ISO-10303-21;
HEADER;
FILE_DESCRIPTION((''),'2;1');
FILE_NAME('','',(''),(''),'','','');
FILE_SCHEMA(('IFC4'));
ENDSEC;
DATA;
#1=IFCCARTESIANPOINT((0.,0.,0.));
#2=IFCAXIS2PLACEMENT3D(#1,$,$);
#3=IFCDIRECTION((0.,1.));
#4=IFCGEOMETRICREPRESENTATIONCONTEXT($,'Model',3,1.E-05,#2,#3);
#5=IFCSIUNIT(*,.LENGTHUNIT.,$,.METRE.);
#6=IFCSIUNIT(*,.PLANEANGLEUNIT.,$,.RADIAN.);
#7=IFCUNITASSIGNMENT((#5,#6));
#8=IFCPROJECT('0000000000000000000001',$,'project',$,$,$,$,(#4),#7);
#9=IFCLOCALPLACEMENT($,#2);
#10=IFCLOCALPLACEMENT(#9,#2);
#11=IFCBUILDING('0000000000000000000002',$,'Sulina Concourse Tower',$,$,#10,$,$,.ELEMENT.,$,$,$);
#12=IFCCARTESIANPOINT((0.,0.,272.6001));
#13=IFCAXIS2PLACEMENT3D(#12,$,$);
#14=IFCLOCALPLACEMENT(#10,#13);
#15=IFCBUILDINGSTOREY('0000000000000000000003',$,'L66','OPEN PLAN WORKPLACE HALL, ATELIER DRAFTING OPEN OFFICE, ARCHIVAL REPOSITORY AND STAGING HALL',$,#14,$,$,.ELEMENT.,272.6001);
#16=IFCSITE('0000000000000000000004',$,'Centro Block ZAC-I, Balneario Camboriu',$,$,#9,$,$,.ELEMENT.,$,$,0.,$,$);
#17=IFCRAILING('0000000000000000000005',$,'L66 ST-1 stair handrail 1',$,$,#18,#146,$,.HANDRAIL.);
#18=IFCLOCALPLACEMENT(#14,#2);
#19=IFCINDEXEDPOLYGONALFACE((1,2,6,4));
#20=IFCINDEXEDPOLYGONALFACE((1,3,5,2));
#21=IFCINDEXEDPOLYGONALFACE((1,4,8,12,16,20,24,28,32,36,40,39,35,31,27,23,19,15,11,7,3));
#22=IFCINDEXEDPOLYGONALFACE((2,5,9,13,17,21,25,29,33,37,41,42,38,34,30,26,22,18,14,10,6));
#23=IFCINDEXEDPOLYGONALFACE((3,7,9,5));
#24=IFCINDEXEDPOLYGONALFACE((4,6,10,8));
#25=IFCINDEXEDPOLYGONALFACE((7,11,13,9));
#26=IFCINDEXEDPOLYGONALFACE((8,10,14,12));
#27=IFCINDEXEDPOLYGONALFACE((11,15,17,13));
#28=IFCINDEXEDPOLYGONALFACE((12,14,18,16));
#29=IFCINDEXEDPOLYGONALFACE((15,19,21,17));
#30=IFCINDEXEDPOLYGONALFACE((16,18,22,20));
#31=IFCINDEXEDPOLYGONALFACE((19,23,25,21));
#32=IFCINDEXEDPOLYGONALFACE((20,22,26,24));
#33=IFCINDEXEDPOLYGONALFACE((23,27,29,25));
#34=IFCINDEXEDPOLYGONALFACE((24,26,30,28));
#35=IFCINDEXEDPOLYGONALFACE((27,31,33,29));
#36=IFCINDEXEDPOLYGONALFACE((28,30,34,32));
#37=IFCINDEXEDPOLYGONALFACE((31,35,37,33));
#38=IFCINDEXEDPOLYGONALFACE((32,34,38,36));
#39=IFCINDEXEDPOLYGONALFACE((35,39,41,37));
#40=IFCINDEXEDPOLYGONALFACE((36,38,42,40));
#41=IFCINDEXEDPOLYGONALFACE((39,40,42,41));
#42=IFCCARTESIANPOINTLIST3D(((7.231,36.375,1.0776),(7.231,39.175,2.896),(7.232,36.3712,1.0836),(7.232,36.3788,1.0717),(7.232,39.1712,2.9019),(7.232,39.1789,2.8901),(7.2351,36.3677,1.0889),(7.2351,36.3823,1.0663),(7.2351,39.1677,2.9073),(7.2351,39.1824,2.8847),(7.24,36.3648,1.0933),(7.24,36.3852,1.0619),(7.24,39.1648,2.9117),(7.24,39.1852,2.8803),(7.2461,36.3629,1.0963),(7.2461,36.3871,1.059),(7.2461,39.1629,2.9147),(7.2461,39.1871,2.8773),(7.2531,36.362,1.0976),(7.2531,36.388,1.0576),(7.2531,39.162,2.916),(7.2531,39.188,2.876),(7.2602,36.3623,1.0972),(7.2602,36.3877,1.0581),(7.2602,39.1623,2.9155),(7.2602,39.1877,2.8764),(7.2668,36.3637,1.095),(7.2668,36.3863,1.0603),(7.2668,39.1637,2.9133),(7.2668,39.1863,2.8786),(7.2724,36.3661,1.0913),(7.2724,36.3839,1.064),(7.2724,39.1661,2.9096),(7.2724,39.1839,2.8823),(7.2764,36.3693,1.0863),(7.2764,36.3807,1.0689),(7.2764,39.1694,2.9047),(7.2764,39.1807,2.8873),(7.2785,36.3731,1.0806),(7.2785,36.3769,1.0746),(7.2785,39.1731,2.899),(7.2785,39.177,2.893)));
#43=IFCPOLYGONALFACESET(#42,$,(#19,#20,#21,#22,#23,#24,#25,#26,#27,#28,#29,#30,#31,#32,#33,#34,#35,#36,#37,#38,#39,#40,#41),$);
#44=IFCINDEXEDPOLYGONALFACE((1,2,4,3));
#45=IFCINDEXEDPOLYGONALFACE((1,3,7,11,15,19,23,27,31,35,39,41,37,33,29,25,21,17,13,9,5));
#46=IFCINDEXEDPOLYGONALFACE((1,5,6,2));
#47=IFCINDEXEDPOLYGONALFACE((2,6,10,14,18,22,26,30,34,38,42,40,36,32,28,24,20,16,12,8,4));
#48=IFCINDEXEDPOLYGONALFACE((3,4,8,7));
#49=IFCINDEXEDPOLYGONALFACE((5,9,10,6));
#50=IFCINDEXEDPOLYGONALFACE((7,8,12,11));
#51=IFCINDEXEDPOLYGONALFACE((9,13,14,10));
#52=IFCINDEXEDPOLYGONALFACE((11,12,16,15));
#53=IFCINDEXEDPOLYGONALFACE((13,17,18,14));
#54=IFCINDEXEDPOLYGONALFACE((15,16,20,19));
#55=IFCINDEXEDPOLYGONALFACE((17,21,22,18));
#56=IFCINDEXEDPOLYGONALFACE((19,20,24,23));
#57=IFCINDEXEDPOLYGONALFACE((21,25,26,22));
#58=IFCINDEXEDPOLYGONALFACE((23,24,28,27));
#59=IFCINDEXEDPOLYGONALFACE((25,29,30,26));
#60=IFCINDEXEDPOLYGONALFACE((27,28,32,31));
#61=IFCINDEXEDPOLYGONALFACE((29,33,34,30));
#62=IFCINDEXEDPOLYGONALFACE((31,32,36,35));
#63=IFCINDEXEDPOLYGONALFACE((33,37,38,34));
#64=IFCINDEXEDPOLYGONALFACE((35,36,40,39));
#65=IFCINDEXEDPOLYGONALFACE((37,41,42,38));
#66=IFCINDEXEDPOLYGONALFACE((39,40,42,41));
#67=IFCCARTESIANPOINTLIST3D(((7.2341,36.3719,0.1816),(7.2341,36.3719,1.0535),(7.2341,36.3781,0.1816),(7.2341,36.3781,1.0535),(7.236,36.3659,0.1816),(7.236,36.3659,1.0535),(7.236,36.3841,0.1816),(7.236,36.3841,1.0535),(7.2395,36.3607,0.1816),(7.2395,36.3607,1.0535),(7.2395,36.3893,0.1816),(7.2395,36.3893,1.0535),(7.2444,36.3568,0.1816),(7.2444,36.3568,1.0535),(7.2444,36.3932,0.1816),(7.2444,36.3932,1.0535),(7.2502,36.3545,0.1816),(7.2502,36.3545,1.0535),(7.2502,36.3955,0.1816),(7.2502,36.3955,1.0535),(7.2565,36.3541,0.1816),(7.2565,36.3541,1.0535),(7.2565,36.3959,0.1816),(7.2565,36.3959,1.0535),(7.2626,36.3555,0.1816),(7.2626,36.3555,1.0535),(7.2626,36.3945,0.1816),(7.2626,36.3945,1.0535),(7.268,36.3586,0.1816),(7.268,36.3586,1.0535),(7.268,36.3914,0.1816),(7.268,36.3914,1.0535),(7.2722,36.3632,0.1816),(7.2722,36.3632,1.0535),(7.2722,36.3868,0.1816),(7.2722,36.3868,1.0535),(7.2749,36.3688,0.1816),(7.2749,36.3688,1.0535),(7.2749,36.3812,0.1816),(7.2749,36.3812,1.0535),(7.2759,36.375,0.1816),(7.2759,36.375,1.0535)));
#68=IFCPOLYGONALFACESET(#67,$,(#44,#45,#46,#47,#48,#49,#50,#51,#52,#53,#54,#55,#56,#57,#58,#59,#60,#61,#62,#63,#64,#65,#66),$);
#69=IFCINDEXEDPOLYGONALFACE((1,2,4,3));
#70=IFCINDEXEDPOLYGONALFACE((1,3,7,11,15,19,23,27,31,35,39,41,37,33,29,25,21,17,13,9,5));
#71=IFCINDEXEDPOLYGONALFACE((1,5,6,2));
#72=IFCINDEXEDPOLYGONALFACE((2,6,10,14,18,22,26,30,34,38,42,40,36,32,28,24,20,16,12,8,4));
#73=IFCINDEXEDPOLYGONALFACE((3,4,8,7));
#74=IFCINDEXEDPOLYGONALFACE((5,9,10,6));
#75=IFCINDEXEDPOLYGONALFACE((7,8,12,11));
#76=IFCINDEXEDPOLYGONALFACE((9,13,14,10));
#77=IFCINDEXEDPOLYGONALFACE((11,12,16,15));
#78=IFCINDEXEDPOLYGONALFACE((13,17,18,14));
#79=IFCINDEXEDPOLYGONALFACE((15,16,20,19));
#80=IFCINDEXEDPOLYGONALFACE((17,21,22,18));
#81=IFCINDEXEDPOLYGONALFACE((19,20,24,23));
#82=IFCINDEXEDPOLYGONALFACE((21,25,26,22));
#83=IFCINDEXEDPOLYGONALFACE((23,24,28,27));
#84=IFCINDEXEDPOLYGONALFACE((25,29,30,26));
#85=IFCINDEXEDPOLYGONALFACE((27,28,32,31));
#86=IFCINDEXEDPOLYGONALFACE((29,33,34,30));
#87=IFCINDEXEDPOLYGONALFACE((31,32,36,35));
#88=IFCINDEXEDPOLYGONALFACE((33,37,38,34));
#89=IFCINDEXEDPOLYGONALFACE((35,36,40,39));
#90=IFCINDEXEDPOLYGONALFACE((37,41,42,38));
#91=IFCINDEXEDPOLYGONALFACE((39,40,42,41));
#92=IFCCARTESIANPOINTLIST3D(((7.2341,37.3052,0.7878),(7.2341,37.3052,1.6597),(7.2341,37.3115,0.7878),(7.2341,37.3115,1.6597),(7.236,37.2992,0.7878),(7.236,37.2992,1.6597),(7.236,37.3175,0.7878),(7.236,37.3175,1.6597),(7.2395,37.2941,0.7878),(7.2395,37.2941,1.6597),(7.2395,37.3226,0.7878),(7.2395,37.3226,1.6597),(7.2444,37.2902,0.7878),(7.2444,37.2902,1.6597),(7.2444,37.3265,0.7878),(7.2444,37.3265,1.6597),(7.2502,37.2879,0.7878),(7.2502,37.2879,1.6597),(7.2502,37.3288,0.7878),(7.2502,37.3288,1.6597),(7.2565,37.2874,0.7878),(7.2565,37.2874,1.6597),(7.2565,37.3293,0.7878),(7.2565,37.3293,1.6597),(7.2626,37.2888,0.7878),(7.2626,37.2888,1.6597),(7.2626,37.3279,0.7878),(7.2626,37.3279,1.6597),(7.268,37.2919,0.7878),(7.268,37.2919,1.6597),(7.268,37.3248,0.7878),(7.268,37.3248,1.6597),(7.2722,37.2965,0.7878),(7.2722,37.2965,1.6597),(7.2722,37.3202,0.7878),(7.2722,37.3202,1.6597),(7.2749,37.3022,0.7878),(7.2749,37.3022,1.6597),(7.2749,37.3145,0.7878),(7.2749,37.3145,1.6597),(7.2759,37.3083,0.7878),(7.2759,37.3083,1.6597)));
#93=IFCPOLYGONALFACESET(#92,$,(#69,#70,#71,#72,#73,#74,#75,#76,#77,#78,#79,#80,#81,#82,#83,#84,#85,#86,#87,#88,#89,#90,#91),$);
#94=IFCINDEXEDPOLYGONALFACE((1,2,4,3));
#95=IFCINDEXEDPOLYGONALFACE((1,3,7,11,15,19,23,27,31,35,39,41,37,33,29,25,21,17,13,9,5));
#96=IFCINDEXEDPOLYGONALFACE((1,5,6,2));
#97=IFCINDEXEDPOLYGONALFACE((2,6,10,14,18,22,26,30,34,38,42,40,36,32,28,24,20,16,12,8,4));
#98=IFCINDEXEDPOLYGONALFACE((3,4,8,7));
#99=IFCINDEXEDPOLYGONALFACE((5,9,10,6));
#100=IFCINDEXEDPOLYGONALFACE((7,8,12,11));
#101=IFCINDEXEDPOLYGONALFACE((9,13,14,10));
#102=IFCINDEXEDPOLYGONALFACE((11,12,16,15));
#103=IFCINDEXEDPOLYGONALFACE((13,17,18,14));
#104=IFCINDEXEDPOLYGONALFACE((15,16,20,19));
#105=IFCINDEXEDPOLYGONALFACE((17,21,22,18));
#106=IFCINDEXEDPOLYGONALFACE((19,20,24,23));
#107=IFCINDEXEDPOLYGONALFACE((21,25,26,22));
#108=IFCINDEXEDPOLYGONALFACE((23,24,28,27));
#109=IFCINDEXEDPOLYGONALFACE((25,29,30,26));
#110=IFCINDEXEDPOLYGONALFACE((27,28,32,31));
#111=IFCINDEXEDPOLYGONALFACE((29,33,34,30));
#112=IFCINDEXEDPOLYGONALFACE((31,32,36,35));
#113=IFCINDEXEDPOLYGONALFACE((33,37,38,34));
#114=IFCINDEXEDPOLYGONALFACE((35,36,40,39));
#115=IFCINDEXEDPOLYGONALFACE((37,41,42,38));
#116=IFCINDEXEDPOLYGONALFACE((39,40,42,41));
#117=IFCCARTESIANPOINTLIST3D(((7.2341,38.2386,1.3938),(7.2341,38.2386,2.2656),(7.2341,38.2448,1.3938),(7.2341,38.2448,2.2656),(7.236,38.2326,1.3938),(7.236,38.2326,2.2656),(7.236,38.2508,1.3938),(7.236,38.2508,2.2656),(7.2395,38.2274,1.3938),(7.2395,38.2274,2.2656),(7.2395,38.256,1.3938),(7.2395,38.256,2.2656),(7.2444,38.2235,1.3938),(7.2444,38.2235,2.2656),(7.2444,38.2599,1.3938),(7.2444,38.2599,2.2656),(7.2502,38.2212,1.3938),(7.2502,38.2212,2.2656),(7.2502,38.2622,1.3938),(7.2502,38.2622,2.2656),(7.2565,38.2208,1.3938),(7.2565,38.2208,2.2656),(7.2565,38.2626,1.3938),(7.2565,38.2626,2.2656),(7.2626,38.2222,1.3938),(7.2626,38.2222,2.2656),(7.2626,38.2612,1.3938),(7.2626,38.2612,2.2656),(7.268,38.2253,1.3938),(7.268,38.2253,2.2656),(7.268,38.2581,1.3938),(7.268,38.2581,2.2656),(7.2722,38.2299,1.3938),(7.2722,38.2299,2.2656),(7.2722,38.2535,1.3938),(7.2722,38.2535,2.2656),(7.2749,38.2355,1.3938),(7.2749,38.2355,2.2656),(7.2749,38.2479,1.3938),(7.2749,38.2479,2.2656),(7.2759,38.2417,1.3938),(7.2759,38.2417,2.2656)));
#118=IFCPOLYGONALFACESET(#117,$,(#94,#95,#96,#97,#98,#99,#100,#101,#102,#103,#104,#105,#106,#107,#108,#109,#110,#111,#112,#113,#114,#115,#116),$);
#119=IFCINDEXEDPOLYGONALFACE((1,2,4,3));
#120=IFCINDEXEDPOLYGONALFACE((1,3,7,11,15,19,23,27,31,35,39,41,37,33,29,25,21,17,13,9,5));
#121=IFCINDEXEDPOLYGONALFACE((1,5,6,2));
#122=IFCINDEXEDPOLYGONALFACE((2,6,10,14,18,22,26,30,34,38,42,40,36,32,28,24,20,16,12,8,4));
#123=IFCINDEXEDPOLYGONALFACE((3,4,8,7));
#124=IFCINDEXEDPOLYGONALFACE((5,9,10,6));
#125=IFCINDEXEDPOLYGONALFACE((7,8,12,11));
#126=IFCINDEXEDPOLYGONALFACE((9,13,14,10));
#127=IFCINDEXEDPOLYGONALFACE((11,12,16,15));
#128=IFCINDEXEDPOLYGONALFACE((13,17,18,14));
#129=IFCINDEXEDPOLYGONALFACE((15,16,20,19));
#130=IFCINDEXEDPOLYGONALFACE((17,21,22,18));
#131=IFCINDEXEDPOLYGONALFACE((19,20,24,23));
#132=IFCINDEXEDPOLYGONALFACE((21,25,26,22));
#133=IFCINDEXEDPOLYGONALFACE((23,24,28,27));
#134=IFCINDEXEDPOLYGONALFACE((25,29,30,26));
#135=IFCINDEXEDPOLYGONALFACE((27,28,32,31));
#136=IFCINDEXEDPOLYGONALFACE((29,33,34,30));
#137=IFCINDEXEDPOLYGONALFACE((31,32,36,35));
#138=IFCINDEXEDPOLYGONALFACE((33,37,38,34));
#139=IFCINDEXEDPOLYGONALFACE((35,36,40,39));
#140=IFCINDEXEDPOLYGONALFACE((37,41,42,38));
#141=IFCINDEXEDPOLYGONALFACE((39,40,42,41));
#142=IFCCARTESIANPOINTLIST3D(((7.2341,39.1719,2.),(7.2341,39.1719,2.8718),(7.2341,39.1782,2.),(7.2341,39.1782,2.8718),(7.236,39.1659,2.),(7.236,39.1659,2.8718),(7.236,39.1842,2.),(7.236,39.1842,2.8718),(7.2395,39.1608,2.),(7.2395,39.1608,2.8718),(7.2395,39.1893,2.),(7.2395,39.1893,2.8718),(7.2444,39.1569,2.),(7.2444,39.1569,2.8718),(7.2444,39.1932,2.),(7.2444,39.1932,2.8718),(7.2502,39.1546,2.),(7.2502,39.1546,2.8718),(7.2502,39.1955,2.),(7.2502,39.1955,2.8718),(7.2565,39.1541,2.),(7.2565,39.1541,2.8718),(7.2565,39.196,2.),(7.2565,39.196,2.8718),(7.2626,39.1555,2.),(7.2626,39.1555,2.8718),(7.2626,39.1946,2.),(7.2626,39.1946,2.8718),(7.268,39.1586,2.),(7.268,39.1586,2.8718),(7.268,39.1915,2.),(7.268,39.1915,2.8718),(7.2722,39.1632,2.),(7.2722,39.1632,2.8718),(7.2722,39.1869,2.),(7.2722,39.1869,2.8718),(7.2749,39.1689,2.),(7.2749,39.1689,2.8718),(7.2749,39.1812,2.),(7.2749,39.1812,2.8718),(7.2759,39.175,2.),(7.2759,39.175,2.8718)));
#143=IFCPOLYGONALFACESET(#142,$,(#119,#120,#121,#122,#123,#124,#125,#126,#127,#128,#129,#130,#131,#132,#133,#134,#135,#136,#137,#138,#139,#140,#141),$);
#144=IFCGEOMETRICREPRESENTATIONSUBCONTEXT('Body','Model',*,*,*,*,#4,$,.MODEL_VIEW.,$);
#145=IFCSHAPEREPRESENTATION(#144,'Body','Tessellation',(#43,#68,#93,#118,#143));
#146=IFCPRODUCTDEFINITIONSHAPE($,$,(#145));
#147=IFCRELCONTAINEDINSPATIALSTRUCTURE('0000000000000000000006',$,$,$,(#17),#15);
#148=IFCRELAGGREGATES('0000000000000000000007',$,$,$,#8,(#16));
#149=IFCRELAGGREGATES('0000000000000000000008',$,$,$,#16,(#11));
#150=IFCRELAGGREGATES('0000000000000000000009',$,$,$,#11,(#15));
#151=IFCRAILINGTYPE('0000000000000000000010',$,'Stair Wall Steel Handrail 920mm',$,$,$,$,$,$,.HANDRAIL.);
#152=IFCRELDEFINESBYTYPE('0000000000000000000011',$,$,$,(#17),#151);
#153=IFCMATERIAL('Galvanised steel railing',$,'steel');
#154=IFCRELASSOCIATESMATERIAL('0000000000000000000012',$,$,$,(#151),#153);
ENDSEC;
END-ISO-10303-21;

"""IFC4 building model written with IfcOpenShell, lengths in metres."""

from ifc_helpers import new_model, si_unit, direction, frame, origin, origin_2d, place, context, subcontext, project, spatial, circle, extrude, material, type_object, element, save


model = new_model("IFC4")

# Units and contexts
model_context = context("Model", 3, precision=1e-05, world=origin(), true_north=direction((0.0, 1.0)))
body_context = subcontext(model_context, "Body", "Model", "MODEL_VIEW")
ifc_project = project(units=[si_unit("LENGTHUNIT", "METRE"), si_unit("PLANEANGLEUNIT", "RADIAN")], contexts=[model_context])

# Site, building, storey
site_placement = place(None, origin())
site = spatial("IfcSite", under=ifc_project, at=site_placement, Name="Centro Block ZAC-I, Balneario Camboriu", CompositionType="ELEMENT", RefElevation=0.0)
building_placement = place(site_placement, origin())
building = spatial("IfcBuilding", under=site, at=building_placement, Name="Sulina Concourse Tower", CompositionType="ELEMENT")
storey_placement = place(building_placement, frame((0.0, 0.0, 272.6001)))
storey = spatial("IfcBuildingStorey", under=building, at=storey_placement, Name="L66", Description="OPEN PLAN WORKPLACE HALL, ATELIER DRAFTING OPEN OFFICE, ARCHIVAL REPOSITORY AND STAGING HALL", CompositionType="ELEMENT", Elevation=272.6001)

# Railing
ifc_material_1 = material(Name="Galvanised steel railing", Category="steel")
railing_type_1 = type_object("IfcRailingType", Name="Stair Wall Steel Handrail 920mm", PredefinedType="HANDRAIL", material=ifc_material_1)
railing_1_placement = place(storey_placement, frame((7.2549, 36.375, 0.1816)))
element("IfcRailing", 1, at=railing_1_placement, inside=storey, type_object=railing_type_1, Name="L66 ST-1 stair handrail 1", PredefinedType="HANDRAIL", context=body_context, shape_type="SweptSolid", body=[
    extrude(circle(Radius=0.0239, at=origin_2d()), frame((0.0, 0.0, 0.896), z_axis=(0.0, 0.838672, 0.544636), x_axis=(-1.0, 0.0, 0.0)), (0.0, 0.0, 1.0), 3.3386),
    extrude(circle(Radius=0.021, at=origin_2d()), origin(), (0.0, 0.0, 1.0), 0.8718),
    extrude(circle(Radius=0.021, at=origin_2d()), frame((0.0, 0.9333, 0.6062)), (0.0, 0.0, 1.0), 0.8718),
    extrude(circle(Radius=0.021, at=origin_2d()), frame((0.0, 1.8667, 1.2122)), (0.0, 0.0, 1.0), 0.8718),
    extrude(circle(Radius=0.021, at=origin_2d()), frame((0.0, 2.8, 1.8184)), (0.0, 0.0, 1.0), 0.8718),
])

save(model, "model.ifc")
